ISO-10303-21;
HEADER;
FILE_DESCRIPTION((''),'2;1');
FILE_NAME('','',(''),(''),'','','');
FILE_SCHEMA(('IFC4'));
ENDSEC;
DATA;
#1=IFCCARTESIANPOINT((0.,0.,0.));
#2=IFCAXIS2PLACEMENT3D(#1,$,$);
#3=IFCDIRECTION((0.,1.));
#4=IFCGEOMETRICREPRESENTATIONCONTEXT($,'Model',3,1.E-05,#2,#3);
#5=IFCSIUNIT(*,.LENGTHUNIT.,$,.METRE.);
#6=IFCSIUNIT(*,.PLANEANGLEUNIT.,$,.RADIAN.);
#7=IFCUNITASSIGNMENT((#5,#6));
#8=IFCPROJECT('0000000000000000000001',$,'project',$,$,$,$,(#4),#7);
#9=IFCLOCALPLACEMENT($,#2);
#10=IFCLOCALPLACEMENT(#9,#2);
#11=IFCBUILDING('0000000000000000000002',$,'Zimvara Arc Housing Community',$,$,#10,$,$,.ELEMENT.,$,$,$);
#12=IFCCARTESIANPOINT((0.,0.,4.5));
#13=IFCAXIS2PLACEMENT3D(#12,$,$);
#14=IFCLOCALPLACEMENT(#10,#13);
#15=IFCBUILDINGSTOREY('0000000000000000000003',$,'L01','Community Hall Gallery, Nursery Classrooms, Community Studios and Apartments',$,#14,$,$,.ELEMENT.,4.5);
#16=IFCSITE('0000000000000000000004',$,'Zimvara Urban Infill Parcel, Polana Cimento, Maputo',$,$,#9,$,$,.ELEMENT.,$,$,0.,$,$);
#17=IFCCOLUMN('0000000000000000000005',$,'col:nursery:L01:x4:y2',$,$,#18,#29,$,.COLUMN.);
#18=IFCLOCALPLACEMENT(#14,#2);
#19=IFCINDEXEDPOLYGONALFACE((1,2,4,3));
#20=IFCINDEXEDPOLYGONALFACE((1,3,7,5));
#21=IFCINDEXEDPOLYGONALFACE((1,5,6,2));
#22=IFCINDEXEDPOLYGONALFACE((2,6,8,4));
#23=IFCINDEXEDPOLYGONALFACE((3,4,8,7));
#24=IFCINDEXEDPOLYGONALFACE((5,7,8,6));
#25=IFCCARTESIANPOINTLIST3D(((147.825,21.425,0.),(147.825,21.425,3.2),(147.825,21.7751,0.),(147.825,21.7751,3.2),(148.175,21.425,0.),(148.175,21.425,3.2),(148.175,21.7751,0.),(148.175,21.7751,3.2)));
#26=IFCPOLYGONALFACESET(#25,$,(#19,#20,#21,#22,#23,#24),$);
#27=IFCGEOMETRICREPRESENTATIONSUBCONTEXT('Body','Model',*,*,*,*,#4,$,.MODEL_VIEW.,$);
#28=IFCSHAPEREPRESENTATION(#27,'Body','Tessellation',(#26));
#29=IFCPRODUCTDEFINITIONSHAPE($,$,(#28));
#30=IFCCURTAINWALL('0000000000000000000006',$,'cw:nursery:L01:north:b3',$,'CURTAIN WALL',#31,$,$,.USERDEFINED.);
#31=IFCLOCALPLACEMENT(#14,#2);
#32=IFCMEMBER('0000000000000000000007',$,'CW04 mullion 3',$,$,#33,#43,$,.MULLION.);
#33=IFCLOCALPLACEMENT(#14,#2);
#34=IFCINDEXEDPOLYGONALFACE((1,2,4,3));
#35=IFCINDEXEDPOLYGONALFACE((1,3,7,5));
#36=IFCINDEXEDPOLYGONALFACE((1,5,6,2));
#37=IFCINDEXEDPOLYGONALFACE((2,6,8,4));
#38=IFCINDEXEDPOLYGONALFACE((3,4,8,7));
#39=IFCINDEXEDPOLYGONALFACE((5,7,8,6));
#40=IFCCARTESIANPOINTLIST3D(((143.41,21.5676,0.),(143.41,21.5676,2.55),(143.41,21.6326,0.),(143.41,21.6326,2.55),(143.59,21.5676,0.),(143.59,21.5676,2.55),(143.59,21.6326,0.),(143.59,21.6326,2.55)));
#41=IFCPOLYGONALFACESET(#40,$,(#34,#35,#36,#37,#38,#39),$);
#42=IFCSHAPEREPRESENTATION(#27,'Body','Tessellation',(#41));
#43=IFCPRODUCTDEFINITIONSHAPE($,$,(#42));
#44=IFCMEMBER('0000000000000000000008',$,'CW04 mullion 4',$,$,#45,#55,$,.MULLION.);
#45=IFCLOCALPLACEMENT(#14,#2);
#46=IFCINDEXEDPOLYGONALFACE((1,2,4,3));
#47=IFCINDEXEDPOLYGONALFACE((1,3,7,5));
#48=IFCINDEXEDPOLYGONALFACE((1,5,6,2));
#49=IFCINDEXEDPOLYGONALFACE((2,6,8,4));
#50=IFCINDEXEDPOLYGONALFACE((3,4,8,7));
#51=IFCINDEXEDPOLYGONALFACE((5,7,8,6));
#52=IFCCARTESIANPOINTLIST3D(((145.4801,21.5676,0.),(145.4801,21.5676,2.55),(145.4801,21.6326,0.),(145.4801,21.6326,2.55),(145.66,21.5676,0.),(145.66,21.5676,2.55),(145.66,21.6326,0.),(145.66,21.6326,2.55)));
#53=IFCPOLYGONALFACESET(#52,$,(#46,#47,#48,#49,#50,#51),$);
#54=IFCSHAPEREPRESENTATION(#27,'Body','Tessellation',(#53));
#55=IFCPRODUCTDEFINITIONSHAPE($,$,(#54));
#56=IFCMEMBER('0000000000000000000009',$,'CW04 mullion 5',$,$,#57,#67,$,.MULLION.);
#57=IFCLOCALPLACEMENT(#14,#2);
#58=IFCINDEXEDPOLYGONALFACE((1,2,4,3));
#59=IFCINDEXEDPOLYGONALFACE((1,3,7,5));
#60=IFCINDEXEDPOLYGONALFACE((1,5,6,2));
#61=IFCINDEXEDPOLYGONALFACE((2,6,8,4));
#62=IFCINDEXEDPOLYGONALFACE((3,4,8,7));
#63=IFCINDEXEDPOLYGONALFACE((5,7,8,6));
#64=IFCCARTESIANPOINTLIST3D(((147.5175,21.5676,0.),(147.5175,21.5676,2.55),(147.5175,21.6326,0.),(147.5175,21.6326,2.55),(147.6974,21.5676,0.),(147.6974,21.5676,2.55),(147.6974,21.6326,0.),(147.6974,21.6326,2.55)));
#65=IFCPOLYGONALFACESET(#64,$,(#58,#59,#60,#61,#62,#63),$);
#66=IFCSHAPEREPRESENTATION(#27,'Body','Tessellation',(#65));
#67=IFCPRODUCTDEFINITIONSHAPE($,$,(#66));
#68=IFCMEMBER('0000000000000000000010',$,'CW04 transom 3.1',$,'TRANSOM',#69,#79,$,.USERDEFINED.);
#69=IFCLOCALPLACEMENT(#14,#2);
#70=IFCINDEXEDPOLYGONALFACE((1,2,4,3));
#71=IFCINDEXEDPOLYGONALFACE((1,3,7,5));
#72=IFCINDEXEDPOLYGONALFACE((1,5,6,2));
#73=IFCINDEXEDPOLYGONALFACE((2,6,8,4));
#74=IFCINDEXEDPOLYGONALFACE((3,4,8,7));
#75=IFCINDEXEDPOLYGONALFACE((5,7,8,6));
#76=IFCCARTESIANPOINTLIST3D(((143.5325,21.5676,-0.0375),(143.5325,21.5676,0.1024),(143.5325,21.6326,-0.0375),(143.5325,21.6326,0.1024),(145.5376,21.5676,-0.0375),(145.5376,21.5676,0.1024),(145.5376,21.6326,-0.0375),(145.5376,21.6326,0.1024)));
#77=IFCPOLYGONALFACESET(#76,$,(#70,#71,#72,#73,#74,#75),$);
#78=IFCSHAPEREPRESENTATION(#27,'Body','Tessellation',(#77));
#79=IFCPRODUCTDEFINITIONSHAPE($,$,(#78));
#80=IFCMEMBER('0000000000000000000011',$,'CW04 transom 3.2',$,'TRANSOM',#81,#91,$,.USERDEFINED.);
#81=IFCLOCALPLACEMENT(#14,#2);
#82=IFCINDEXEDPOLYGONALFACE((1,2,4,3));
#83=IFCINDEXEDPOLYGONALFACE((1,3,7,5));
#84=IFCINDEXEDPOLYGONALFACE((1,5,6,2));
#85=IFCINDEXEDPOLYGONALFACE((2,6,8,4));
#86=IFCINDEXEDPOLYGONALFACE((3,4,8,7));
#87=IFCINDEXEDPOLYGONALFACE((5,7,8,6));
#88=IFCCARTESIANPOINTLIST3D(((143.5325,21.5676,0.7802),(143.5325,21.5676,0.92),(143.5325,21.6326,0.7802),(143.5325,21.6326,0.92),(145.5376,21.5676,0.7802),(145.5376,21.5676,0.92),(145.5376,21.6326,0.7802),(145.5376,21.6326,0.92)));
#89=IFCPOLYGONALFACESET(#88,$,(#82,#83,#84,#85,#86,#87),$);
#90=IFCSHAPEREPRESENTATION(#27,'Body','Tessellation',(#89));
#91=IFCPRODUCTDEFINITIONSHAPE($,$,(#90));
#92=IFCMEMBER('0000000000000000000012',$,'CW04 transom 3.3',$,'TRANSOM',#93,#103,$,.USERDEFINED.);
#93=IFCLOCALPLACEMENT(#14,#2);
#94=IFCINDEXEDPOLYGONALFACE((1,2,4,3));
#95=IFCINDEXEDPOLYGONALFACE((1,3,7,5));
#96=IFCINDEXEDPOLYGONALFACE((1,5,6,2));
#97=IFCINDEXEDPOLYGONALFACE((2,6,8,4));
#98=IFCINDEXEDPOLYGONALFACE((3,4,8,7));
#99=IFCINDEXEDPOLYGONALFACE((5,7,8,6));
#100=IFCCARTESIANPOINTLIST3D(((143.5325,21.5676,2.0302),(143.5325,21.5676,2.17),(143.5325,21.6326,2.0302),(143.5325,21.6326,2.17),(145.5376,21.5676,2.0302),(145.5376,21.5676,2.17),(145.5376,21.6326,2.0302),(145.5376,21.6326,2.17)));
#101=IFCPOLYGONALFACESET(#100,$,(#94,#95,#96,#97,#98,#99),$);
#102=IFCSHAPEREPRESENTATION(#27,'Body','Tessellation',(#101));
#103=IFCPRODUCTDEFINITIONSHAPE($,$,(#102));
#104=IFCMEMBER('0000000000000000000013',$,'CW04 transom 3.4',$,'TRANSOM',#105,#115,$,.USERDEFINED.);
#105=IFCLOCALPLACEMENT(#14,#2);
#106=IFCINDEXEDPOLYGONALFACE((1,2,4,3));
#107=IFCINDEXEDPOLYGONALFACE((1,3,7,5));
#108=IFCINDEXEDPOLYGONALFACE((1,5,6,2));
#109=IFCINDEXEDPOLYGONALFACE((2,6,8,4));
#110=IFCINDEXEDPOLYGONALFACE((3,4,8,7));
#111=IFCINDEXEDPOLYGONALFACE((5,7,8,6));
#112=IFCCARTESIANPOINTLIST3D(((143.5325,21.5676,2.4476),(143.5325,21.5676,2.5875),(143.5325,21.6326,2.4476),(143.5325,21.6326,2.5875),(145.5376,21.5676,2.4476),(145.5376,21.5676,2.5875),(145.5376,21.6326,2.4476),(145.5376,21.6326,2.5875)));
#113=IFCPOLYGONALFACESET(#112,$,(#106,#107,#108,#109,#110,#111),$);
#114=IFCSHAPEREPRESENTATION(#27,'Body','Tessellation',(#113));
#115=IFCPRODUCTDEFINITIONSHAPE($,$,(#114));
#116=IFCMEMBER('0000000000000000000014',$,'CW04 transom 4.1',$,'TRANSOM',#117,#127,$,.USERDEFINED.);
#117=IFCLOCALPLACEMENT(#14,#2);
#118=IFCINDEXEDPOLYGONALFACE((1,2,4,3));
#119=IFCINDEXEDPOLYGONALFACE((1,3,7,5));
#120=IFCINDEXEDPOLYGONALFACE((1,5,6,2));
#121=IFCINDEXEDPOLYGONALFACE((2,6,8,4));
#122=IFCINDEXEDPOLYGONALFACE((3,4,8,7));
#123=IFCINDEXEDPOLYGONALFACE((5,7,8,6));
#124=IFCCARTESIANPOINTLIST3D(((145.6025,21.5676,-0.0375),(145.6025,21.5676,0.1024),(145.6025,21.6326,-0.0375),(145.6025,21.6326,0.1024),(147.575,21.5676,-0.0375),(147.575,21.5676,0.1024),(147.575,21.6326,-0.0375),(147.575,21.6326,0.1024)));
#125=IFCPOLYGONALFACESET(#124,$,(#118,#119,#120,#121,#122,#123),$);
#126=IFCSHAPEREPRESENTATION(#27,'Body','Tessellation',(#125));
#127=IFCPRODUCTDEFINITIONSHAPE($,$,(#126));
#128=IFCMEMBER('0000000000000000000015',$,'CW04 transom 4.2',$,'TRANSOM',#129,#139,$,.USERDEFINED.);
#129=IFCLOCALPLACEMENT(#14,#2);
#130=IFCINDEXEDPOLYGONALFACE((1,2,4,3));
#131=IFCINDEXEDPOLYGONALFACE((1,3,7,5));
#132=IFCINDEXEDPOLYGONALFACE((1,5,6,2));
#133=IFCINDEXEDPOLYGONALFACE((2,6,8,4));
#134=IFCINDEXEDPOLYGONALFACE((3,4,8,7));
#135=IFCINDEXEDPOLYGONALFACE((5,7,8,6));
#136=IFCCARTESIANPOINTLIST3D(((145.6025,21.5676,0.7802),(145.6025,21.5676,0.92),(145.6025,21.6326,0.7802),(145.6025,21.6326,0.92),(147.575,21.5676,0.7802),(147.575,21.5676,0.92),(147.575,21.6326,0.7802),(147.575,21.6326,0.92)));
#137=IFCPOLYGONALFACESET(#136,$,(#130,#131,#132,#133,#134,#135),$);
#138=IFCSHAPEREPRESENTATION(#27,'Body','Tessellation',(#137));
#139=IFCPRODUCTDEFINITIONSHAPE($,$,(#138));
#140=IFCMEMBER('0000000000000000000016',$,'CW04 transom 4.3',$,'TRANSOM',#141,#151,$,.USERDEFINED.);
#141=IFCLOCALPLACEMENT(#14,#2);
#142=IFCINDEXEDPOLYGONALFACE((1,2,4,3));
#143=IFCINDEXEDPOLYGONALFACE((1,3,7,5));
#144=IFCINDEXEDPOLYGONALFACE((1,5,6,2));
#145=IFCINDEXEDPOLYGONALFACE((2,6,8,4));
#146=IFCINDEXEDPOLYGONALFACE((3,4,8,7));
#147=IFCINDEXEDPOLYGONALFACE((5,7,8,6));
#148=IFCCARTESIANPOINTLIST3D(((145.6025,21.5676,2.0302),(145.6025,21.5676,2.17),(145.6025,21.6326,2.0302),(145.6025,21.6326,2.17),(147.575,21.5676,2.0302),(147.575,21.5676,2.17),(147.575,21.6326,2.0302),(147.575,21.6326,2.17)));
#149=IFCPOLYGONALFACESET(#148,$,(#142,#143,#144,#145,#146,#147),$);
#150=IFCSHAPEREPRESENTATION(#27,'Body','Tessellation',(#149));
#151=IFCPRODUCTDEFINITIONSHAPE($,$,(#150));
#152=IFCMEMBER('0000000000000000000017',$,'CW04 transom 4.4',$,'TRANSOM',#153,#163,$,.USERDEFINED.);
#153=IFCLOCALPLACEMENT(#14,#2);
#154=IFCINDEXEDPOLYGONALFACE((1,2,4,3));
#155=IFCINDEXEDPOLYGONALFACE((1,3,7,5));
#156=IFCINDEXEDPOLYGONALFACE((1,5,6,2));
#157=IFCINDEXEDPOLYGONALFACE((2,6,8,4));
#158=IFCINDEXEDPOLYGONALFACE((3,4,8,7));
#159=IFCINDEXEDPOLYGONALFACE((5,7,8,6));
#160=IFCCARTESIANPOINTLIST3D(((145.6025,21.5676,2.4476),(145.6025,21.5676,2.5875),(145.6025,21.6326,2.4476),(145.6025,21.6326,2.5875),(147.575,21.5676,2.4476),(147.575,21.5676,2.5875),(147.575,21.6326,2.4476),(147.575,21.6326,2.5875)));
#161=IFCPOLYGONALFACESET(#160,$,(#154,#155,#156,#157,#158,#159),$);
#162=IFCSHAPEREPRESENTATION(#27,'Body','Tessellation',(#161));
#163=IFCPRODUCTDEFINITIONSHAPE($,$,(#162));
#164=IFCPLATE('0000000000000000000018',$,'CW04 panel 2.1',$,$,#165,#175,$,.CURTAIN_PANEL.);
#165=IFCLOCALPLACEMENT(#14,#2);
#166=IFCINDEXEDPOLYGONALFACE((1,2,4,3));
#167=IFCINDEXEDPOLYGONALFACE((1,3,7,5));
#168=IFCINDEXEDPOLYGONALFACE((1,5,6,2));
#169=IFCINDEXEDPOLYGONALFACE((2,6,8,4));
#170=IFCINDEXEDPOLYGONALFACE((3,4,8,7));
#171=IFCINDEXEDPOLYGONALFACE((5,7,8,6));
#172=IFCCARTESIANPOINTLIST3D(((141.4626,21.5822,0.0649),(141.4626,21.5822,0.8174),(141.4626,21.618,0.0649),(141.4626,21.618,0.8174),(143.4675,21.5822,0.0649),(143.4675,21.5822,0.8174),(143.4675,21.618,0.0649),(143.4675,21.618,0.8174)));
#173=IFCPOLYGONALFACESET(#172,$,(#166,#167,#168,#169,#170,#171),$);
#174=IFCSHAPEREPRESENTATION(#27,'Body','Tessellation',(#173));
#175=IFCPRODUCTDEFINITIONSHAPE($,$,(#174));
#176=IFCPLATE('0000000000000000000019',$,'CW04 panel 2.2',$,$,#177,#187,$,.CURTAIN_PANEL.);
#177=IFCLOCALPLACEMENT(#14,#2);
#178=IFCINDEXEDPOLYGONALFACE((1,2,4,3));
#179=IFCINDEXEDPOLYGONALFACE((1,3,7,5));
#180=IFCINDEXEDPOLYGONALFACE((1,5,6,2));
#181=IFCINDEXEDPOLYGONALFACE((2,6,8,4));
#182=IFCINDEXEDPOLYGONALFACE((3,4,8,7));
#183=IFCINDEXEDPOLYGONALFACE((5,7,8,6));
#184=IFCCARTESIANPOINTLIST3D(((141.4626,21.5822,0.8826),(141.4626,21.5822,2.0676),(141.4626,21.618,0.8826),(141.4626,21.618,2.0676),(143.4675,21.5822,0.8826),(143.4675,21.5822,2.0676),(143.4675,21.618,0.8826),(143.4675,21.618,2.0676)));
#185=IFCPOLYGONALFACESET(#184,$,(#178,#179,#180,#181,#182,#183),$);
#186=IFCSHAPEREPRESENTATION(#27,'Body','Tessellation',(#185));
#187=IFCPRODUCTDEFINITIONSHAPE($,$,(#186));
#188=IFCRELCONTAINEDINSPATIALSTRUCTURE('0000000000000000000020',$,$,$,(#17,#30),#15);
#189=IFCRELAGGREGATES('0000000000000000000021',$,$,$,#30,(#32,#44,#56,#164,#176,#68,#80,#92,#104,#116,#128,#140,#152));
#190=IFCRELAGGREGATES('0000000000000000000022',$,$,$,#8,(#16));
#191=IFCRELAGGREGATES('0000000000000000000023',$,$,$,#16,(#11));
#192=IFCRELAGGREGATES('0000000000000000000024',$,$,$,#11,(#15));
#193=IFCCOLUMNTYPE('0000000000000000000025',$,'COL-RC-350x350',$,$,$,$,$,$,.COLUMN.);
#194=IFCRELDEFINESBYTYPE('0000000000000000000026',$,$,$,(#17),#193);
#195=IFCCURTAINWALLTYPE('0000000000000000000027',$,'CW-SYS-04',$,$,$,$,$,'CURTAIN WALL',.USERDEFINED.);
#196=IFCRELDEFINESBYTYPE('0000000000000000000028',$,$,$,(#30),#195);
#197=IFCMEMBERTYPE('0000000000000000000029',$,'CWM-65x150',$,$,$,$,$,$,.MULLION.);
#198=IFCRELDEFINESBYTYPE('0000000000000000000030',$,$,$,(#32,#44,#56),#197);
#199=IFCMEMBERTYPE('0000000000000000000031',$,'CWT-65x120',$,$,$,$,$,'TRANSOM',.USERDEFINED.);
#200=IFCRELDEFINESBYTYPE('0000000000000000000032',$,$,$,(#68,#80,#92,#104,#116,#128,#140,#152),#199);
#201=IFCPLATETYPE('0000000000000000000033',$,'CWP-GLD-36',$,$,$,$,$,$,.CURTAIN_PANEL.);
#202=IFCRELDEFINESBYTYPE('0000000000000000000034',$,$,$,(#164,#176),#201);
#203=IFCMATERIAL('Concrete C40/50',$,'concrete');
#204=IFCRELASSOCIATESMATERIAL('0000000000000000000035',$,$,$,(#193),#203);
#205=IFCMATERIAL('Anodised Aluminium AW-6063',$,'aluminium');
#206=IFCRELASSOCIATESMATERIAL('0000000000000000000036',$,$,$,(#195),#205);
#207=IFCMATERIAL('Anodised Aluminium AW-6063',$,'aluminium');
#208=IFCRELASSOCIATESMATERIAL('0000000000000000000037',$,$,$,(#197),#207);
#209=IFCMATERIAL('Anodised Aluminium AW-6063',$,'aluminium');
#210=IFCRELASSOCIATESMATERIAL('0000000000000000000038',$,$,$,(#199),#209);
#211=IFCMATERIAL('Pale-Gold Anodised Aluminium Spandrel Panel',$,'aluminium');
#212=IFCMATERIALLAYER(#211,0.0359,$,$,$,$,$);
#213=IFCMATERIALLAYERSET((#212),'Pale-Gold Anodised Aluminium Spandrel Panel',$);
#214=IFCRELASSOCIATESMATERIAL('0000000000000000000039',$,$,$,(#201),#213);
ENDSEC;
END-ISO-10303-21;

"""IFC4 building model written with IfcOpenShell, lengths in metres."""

from ifc_helpers import new_model, si_unit, direction, frame, origin, origin_2d, place, context, subcontext, project, spatial, rectangle, extrude, material, layer, layer_set, material_profile, profile_set, type_object, element, aggregate, save


model = new_model("IFC4")

# Units and contexts
model_context = context("Model", 3, precision=1e-05, world=origin(), true_north=direction((0.0, 1.0)))
body_context = subcontext(model_context, "Body", "Model", "MODEL_VIEW")
ifc_project = project(units=[si_unit("LENGTHUNIT", "METRE"), si_unit("PLANEANGLEUNIT", "RADIAN")], contexts=[model_context])

# Site, building, storey
site_placement = place(None, origin())
site = spatial("IfcSite", under=ifc_project, at=site_placement, Name="Zimvara Urban Infill Parcel, Polana Cimento, Maputo", CompositionType="ELEMENT", RefElevation=0.0)
building_placement = place(site_placement, origin())
building = spatial("IfcBuilding", under=site, at=building_placement, Name="Zimvara Arc Housing Community", CompositionType="ELEMENT")
storey_placement = place(building_placement, frame((0.0, 0.0, 4.5)))
storey = spatial("IfcBuildingStorey", under=building, at=storey_placement, Name="L01", Description="Community Hall Gallery, Nursery Classrooms, Community Studios and Apartments", CompositionType="ELEMENT", Elevation=4.5)

# Column
ifc_material_1 = material(Name="Concrete C40/50", Category="concrete")
ifc_material_profile_1 = material_profile(ifc_material_1, rectangle(XDim=0.3501, YDim=0.3501, at=origin_2d()), Name="RC 350x350")
ifc_profile_set_1 = profile_set([ifc_material_profile_1], Name="Concrete C40/50")
column_type = type_object("IfcColumnType", Name="COL-RC-350x350", PredefinedType="COLUMN", material=ifc_profile_set_1)
column_placement = place(storey_placement, frame((148.0, 21.6001, 0.0), z_axis=(0.0, 0.0, 1.0), x_axis=(1.0, 0.0, 0.0)))
element("IfcColumn", 1, at=column_placement, inside=storey, type_object=column_type, Name="col:nursery:L01:x4:y2", PredefinedType="COLUMN", context=body_context, shape_type="SweptSolid", body=[
    extrude(rectangle(XDim=0.3501, YDim=0.3501, at=origin_2d()), origin(), (0.0, 0.0, 1.0), 3.2),
])

# Curtain wall, members, plates
ifc_material_2 = material(Name="Anodised Aluminium AW-6063", Category="aluminium")
curtain_wall_type = type_object("IfcCurtainWallType", Name="CW-SYS-04", ElementType="CURTAIN WALL", PredefinedType="USERDEFINED", material=ifc_material_2)
curtain_wall_placement = place(storey_placement, origin())
curtain_wall = element("IfcCurtainWall", 2, at=curtain_wall_placement, inside=storey, type_object=curtain_wall_type, Name="cw:nursery:L01:north:b3", ObjectType="CURTAIN WALL", PredefinedType="USERDEFINED")
ifc_material_3 = material(Name="Anodised Aluminium AW-6063", Category="aluminium")
ifc_material_profile_2 = material_profile(ifc_material_3, rectangle(XDim=0.0649, YDim=0.1799, at=origin_2d()), Name="ALU 65x180")
ifc_profile_set_2 = profile_set([ifc_material_profile_2], Name="Anodised Aluminium AW-6063")
member_type_1 = type_object("IfcMemberType", Name="CWM-65x150", PredefinedType="MULLION", material=ifc_profile_set_2)
member_1_placement = place(storey_placement, frame((143.5, 21.6001, 0.0), z_axis=(0.0, 0.0, 1.0), x_axis=(0.0, 1.0, 0.0)))
member_1 = element("IfcMember", 3, at=member_1_placement, type_object=member_type_1, Name="CW04 mullion 3", PredefinedType="MULLION", context=body_context, shape_type="SweptSolid", body=[
    extrude(rectangle(XDim=0.0649, YDim=0.1799, at=origin_2d()), origin(), (0.0, 0.0, 1.0), 2.55),
])
member_2_placement = place(storey_placement, frame((145.5701, 21.6001, 0.0), z_axis=(0.0, 0.0, 1.0), x_axis=(0.0, 1.0, 0.0)))
member_2 = element("IfcMember", 4, at=member_2_placement, type_object=member_type_1, Name="CW04 mullion 4", PredefinedType="MULLION", context=body_context, shape_type="SweptSolid", body=[
    extrude(rectangle(XDim=0.0649, YDim=0.1799, at=origin_2d()), origin(), (0.0, 0.0, 1.0), 2.55),
])
member_3_placement = place(storey_placement, frame((147.6074, 21.6001, 0.0), z_axis=(0.0, 0.0, 1.0), x_axis=(0.0, 1.0, 0.0)))
member_3 = element("IfcMember", 5, at=member_3_placement, type_object=member_type_1, Name="CW04 mullion 5", PredefinedType="MULLION", context=body_context, shape_type="SweptSolid", body=[
    extrude(rectangle(XDim=0.0649, YDim=0.1799, at=origin_2d()), origin(), (0.0, 0.0, 1.0), 2.55),
])
ifc_material_4 = material(Name="Anodised Aluminium AW-6063", Category="aluminium")
ifc_material_profile_3 = material_profile(ifc_material_4, rectangle(XDim=0.0649, YDim=0.1399, at=origin_2d()), Name="ALU 65x140")
ifc_profile_set_3 = profile_set([ifc_material_profile_3], Name="Anodised Aluminium AW-6063")
member_type_2 = type_object("IfcMemberType", Name="CWT-65x120", ElementType="TRANSOM", PredefinedType="USERDEFINED", material=ifc_profile_set_3)
member_4_placement = place(storey_placement, frame((143.5325, 21.6001, 0.0325), z_axis=(1.0, 0.0, 0.0), x_axis=(0.0, 1.0, 0.0)))
member_4 = element("IfcMember", 6, at=member_4_placement, type_object=member_type_2, Name="CW04 transom 3.1", ObjectType="TRANSOM", PredefinedType="USERDEFINED", context=body_context, shape_type="SweptSolid", body=[
    extrude(rectangle(XDim=0.0649, YDim=0.1399, at=origin_2d()), origin(), (0.0, 0.0, 1.0), 2.0051),
])
member_5_placement = place(storey_placement, frame((143.5325, 21.6001, 0.8501), z_axis=(1.0, 0.0, 0.0), x_axis=(0.0, 1.0, 0.0)))
member_5 = element("IfcMember", 7, at=member_5_placement, type_object=member_type_2, Name="CW04 transom 3.2", ObjectType="TRANSOM", PredefinedType="USERDEFINED", context=body_context, shape_type="SweptSolid", body=[
    extrude(rectangle(XDim=0.0649, YDim=0.1399, at=origin_2d()), origin(), (0.0, 0.0, 1.0), 2.0051),
])
member_6_placement = place(storey_placement, frame((143.5325, 21.6001, 2.1001), z_axis=(1.0, 0.0, 0.0), x_axis=(0.0, 1.0, 0.0)))
member_6 = element("IfcMember", 8, at=member_6_placement, type_object=member_type_2, Name="CW04 transom 3.3", ObjectType="TRANSOM", PredefinedType="USERDEFINED", context=body_context, shape_type="SweptSolid", body=[
    extrude(rectangle(XDim=0.0649, YDim=0.1399, at=origin_2d()), origin(), (0.0, 0.0, 1.0), 2.0051),
])
member_7_placement = place(storey_placement, frame((143.5325, 21.6001, 2.5176), z_axis=(1.0, 0.0, 0.0), x_axis=(0.0, 1.0, 0.0)))
member_7 = element("IfcMember", 9, at=member_7_placement, type_object=member_type_2, Name="CW04 transom 3.4", ObjectType="TRANSOM", PredefinedType="USERDEFINED", context=body_context, shape_type="SweptSolid", body=[
    extrude(rectangle(XDim=0.0649, YDim=0.1399, at=origin_2d()), origin(), (0.0, 0.0, 1.0), 2.0051),
])
member_8_placement = place(storey_placement, frame((145.6025, 21.6001, 0.0325), z_axis=(1.0, 0.0, 0.0), x_axis=(0.0, 1.0, 0.0)))
member_8 = element("IfcMember", 10, at=member_8_placement, type_object=member_type_2, Name="CW04 transom 4.1", ObjectType="TRANSOM", PredefinedType="USERDEFINED", context=body_context, shape_type="SweptSolid", body=[
    extrude(rectangle(XDim=0.0649, YDim=0.1399, at=origin_2d()), origin(), (0.0, 0.0, 1.0), 1.9724),
])
member_9_placement = place(storey_placement, frame((145.6025, 21.6001, 0.8501), z_axis=(1.0, 0.0, 0.0), x_axis=(0.0, 1.0, 0.0)))
member_9 = element("IfcMember", 11, at=member_9_placement, type_object=member_type_2, Name="CW04 transom 4.2", ObjectType="TRANSOM", PredefinedType="USERDEFINED", context=body_context, shape_type="SweptSolid", body=[
    extrude(rectangle(XDim=0.0649, YDim=0.1399, at=origin_2d()), origin(), (0.0, 0.0, 1.0), 1.9724),
])
member_10_placement = place(storey_placement, frame((145.6025, 21.6001, 2.1001), z_axis=(1.0, 0.0, 0.0), x_axis=(0.0, 1.0, 0.0)))
member_10 = element("IfcMember", 12, at=member_10_placement, type_object=member_type_2, Name="CW04 transom 4.3", ObjectType="TRANSOM", PredefinedType="USERDEFINED", context=body_context, shape_type="SweptSolid", body=[
    extrude(rectangle(XDim=0.0649, YDim=0.1399, at=origin_2d()), origin(), (0.0, 0.0, 1.0), 1.9724),
])
member_11_placement = place(storey_placement, frame((145.6025, 21.6001, 2.5176), z_axis=(1.0, 0.0, 0.0), x_axis=(0.0, 1.0, 0.0)))
member_11 = element("IfcMember", 13, at=member_11_placement, type_object=member_type_2, Name="CW04 transom 4.4", ObjectType="TRANSOM", PredefinedType="USERDEFINED", context=body_context, shape_type="SweptSolid", body=[
    extrude(rectangle(XDim=0.0649, YDim=0.1399, at=origin_2d()), origin(), (0.0, 0.0, 1.0), 1.9724),
])
ifc_material_5 = material(Name="Pale-Gold Anodised Aluminium Spandrel Panel", Category="aluminium")
ifc_layer = layer(ifc_material_5, 0.0359)
ifc_layer_set = layer_set([ifc_layer], Name="Pale-Gold Anodised Aluminium Spandrel Panel")
plate_type = type_object("IfcPlateType", Name="CWP-GLD-36", PredefinedType="CURTAIN_PANEL", material=ifc_layer_set)
plate_1_placement = place(storey_placement, frame((142.4651, 21.6001, 0.0649), z_axis=(0.0, 0.0, 1.0), x_axis=(1.0, 0.0, 0.0)))
plate_1 = element("IfcPlate", 14, at=plate_1_placement, type_object=plate_type, Name="CW04 panel 2.1", PredefinedType="CURTAIN_PANEL", context=body_context, shape_type="SweptSolid", body=[
    extrude(rectangle(XDim=2.0049, YDim=0.0359, at=origin_2d()), origin(), (0.0, 0.0, 1.0), 0.7524),
])
plate_2_placement = place(storey_placement, frame((142.4651, 21.6001, 0.8826), z_axis=(0.0, 0.0, 1.0), x_axis=(1.0, 0.0, 0.0)))
plate_2 = element("IfcPlate", 15, at=plate_2_placement, type_object=plate_type, Name="CW04 panel 2.2", PredefinedType="CURTAIN_PANEL", context=body_context, shape_type="SweptSolid", body=[
    extrude(rectangle(XDim=2.0049, YDim=0.0359, at=origin_2d()), origin(), (0.0, 0.0, 1.0), 1.1851),
])
aggregate(curtain_wall, [member_1, member_2, member_3, plate_1, plate_2, member_4, member_5, member_6, member_7, member_8, member_9, member_10, member_11])

save(model, "model.ifc")
